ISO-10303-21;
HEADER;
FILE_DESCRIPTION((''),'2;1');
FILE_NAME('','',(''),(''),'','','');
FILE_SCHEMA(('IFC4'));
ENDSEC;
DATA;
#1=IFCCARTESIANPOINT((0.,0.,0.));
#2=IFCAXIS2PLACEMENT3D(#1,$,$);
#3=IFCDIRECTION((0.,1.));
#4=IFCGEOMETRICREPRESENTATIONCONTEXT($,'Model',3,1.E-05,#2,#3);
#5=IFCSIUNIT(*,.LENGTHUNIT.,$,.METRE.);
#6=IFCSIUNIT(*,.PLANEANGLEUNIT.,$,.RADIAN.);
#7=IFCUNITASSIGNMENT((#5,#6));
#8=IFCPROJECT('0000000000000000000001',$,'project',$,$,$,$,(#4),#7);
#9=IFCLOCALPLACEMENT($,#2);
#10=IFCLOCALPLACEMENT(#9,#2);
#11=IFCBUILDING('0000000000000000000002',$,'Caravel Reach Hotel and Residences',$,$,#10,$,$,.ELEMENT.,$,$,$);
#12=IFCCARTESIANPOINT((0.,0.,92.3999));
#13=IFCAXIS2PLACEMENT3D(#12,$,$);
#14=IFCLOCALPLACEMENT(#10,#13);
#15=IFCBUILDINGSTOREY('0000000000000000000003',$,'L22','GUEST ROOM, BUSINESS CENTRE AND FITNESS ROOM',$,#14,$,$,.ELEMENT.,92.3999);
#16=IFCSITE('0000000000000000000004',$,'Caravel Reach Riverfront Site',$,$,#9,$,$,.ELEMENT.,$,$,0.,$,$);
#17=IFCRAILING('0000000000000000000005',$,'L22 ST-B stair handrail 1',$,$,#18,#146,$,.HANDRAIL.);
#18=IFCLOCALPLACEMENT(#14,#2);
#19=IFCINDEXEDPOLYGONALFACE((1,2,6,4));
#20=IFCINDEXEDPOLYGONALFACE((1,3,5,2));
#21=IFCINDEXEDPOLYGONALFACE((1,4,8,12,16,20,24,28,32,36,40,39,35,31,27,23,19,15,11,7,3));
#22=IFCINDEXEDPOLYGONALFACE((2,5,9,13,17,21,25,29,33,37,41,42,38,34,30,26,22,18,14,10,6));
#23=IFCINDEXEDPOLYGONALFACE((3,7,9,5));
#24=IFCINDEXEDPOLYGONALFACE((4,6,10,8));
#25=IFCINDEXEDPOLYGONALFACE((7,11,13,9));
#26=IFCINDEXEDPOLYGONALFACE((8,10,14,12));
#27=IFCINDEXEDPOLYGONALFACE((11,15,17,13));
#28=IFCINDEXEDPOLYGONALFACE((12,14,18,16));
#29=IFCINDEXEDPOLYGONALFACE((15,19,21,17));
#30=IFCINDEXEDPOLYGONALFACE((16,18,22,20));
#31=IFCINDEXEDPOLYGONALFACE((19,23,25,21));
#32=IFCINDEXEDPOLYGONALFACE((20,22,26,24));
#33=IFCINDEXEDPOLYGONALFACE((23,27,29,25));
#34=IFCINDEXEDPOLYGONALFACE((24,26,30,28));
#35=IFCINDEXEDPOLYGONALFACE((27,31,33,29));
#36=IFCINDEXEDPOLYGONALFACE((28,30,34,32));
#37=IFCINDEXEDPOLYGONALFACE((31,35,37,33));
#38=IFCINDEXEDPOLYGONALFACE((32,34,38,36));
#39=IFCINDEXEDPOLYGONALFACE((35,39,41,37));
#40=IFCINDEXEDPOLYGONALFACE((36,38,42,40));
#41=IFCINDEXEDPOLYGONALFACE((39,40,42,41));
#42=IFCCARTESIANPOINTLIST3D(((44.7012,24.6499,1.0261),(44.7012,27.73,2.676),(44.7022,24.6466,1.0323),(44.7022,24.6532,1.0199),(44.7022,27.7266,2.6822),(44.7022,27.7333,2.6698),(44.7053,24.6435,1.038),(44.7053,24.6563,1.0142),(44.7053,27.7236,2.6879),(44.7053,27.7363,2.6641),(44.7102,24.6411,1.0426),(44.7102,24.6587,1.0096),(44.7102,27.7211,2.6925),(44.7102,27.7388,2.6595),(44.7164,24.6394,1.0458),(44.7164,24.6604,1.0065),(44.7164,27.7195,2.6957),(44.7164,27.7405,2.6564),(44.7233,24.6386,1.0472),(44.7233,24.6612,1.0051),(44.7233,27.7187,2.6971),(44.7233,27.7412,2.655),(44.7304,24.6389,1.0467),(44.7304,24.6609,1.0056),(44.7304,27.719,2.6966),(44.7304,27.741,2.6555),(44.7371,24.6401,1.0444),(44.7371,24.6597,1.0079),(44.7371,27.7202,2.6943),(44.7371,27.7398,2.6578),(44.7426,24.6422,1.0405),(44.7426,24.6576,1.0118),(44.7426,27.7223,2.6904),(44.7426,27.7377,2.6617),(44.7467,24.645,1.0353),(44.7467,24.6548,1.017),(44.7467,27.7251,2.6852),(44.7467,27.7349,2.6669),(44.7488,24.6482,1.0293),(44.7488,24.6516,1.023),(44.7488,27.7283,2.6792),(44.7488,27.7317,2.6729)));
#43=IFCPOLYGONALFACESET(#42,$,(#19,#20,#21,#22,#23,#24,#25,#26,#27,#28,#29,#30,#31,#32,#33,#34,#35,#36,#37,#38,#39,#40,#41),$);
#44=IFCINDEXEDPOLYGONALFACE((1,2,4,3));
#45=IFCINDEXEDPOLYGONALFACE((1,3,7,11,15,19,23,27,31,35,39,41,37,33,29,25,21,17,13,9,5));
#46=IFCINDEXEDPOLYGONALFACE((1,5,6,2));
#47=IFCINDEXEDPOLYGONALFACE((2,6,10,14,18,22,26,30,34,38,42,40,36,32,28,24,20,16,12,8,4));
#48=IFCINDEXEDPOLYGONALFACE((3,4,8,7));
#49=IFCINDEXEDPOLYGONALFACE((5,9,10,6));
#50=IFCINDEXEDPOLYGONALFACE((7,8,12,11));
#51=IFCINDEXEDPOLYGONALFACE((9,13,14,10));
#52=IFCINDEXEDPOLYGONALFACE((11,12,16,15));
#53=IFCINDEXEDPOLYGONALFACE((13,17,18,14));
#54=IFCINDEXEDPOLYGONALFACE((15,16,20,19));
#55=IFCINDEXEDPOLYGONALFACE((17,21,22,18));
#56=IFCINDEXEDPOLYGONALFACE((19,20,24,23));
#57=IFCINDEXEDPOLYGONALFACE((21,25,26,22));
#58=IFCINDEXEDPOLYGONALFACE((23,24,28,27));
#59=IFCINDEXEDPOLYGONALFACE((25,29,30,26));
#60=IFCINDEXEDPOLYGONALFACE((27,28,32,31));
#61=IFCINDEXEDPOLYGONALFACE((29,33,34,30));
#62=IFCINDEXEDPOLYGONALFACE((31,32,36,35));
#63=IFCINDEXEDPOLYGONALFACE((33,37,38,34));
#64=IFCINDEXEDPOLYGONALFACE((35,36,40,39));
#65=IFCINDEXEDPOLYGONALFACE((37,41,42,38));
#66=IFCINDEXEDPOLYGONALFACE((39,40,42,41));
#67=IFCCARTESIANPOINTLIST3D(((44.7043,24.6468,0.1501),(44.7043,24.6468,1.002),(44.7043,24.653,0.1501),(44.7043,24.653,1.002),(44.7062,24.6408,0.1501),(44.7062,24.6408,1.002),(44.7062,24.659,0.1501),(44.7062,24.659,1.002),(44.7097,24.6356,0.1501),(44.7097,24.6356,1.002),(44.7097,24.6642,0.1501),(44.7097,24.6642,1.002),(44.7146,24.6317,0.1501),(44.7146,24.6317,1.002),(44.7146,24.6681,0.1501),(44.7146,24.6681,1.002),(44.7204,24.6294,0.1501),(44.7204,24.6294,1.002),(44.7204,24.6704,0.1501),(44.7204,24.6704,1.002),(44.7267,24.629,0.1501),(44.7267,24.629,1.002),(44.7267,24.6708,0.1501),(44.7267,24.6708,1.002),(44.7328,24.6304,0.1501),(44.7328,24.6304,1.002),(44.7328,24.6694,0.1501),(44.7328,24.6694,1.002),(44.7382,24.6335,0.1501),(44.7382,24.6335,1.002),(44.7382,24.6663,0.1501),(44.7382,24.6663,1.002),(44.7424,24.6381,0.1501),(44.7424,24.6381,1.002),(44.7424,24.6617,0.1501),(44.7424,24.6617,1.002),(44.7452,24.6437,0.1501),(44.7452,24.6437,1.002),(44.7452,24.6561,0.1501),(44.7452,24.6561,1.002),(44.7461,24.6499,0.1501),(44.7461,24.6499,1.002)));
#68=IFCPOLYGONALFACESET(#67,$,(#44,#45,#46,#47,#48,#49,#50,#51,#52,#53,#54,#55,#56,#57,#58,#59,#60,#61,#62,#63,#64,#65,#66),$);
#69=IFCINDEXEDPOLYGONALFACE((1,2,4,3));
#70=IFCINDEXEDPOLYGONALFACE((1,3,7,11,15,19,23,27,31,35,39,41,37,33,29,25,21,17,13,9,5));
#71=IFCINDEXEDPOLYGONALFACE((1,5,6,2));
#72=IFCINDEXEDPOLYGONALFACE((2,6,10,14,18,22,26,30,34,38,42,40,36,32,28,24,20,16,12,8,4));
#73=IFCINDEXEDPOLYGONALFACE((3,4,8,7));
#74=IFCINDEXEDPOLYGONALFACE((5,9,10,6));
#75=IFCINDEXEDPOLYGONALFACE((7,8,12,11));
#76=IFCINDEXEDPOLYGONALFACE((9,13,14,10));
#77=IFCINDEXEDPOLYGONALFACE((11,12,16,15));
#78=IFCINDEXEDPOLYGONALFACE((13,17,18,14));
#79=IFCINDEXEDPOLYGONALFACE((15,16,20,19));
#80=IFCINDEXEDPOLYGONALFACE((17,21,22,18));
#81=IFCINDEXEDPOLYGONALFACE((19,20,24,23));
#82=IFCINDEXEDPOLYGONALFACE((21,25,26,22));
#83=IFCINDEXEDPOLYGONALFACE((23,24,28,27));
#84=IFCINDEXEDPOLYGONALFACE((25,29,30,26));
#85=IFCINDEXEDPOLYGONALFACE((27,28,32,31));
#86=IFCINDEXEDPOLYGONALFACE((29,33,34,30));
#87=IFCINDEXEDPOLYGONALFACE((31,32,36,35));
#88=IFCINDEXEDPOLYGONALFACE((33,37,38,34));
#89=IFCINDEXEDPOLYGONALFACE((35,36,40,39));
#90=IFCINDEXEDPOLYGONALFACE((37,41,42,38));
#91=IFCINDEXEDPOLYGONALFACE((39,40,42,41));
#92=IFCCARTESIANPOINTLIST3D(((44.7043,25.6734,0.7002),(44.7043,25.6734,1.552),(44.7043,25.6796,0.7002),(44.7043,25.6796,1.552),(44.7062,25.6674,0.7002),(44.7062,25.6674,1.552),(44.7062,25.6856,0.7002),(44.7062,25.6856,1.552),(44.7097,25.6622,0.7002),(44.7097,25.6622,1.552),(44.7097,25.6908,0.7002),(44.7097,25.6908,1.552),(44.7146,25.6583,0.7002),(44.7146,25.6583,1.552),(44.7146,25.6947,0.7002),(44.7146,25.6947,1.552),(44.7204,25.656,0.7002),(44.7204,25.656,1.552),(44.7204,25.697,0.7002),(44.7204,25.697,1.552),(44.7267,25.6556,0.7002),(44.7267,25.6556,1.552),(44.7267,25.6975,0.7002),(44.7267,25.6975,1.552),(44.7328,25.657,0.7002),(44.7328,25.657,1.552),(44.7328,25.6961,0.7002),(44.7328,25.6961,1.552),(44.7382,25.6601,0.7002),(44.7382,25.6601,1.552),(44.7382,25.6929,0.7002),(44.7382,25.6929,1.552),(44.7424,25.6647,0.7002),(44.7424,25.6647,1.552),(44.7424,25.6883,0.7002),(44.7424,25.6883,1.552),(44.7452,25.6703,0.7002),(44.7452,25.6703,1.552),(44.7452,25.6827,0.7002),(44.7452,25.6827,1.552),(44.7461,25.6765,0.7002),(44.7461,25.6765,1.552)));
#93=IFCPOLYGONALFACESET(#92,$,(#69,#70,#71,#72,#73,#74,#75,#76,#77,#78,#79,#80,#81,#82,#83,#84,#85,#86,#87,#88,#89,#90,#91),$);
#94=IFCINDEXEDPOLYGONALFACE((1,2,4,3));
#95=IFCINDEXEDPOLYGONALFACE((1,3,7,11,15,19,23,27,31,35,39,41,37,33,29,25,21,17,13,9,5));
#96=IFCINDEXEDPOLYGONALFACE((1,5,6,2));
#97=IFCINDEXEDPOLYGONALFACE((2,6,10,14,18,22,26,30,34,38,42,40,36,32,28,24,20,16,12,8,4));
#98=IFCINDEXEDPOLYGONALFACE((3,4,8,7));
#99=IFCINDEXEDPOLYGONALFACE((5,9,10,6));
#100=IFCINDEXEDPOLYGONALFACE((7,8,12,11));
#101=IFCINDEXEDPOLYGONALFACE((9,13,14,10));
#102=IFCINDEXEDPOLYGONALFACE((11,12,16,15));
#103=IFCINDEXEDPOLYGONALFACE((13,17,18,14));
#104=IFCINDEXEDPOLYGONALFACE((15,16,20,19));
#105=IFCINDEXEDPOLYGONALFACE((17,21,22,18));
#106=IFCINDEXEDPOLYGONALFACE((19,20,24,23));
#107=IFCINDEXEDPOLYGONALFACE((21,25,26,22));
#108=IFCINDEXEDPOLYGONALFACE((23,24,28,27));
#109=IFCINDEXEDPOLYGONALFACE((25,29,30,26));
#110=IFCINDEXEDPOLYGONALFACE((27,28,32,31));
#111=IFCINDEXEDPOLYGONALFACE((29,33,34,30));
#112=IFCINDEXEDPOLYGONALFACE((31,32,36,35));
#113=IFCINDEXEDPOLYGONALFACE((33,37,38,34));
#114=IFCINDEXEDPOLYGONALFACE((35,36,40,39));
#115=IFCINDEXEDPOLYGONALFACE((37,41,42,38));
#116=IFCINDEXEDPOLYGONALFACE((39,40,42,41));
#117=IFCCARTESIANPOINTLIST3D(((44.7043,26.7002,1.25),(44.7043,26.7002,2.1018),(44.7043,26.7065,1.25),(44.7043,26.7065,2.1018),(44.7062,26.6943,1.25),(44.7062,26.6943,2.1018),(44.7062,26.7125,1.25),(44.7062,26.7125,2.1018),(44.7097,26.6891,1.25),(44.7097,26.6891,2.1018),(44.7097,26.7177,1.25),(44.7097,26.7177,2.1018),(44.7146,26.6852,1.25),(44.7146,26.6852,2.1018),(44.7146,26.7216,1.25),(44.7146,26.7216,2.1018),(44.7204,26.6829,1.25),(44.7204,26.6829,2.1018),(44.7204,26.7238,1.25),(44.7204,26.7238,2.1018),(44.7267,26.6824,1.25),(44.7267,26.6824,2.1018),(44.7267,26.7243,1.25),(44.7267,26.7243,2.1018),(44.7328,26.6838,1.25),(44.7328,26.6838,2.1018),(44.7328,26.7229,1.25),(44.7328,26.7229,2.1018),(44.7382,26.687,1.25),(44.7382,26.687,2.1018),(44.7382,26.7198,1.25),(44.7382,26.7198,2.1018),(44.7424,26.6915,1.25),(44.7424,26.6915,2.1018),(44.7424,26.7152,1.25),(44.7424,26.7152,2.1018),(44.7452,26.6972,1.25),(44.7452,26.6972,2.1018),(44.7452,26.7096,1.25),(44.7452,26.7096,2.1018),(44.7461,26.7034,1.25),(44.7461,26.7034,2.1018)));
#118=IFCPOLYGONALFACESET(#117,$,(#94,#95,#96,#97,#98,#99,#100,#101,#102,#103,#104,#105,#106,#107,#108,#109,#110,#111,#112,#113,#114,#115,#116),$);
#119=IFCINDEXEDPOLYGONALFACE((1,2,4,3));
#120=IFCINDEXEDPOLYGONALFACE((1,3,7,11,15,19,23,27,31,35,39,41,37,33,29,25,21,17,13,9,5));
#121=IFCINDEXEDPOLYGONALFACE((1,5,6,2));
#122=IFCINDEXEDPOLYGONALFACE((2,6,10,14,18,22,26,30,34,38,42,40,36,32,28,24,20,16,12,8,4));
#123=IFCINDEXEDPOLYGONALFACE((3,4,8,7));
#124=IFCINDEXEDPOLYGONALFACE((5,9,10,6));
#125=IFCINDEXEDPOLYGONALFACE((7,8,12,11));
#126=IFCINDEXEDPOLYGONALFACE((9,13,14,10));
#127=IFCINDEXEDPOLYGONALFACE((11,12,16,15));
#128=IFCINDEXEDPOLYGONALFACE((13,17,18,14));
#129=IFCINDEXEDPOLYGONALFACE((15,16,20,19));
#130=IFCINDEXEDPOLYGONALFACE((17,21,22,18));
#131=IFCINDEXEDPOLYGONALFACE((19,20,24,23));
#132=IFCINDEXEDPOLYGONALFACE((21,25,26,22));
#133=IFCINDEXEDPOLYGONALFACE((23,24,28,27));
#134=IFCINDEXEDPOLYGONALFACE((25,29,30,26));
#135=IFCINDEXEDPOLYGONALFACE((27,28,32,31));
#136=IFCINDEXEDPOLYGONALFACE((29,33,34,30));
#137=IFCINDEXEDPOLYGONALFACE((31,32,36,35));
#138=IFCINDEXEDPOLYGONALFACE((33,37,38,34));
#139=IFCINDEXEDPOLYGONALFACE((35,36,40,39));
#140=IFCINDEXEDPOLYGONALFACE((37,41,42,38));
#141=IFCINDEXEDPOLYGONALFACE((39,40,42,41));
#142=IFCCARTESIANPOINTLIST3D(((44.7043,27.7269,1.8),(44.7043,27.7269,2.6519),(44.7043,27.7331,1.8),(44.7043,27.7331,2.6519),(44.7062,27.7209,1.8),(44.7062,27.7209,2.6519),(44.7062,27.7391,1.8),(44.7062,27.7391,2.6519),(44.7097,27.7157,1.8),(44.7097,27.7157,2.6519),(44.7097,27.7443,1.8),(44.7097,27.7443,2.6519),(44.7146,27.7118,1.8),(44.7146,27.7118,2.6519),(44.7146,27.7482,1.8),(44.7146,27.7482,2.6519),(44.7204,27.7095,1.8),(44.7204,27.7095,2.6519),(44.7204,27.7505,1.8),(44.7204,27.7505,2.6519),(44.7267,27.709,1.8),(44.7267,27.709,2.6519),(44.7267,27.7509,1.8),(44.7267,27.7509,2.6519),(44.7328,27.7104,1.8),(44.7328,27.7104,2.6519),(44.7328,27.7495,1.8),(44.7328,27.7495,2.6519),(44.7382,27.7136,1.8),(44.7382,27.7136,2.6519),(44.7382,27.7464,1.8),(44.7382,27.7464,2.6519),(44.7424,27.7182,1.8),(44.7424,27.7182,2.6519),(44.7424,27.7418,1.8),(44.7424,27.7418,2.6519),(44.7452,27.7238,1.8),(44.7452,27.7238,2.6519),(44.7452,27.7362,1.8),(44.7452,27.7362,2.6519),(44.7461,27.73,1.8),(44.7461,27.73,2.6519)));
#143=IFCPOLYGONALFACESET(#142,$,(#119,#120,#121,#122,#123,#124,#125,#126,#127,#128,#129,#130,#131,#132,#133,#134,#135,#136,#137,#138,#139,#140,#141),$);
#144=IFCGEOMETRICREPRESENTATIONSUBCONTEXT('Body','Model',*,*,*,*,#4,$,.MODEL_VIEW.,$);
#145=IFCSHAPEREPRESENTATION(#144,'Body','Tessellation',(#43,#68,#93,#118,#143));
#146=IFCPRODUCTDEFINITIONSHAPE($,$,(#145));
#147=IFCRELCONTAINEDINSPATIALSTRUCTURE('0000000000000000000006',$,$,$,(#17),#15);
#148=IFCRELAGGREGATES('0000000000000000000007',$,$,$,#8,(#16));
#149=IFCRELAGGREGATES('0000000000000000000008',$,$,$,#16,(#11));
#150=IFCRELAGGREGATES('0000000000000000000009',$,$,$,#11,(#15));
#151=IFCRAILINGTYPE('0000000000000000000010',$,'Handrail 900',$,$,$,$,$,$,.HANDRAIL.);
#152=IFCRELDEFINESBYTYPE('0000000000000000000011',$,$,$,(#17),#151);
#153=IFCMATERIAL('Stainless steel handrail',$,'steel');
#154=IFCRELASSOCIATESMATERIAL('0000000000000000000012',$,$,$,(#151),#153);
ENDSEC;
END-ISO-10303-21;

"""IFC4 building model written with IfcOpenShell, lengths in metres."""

from ifc_helpers import new_model, si_unit, direction, frame, origin, origin_2d, place, context, subcontext, project, spatial, circle, extrude, material, type_object, element, save


model = new_model("IFC4")

# Units and contexts
model_context = context("Model", 3, precision=1e-05, world=origin(), true_north=direction((0.0, 1.0)))
body_context = subcontext(model_context, "Body", "Model", "MODEL_VIEW")
ifc_project = project(units=[si_unit("LENGTHUNIT", "METRE"), si_unit("PLANEANGLEUNIT", "RADIAN")], contexts=[model_context])

# Site, building, storey
site_placement = place(None, origin())
site = spatial("IfcSite", under=ifc_project, at=site_placement, Name="Caravel Reach Riverfront Site", CompositionType="ELEMENT", RefElevation=0.0)
building_placement = place(site_placement, origin())
building = spatial("IfcBuilding", under=site, at=building_placement, Name="Caravel Reach Hotel and Residences", CompositionType="ELEMENT")
storey_placement = place(building_placement, frame((0.0, 0.0, 92.3999)))
storey = spatial("IfcBuildingStorey", under=building, at=storey_placement, Name="L22", Description="GUEST ROOM, BUSINESS CENTRE AND FITNESS ROOM", CompositionType="ELEMENT", Elevation=92.3999)

# Railing
ifc_material_1 = material(Name="Stainless steel handrail", Category="steel")
railing_type_1 = type_object("IfcRailingType", Name="Handrail 900", PredefinedType="HANDRAIL", material=ifc_material_1)
railing_1_placement = place(storey_placement, frame((44.7251, 24.6499, 0.1501)))
element("IfcRailing", 1, at=railing_1_placement, inside=storey, type_object=railing_type_1, Name="L22 ST-B stair handrail 1", PredefinedType="HANDRAIL", context=body_context, shape_type="SweptSolid", body=[
    extrude(circle(Radius=0.0239, at=origin_2d()), frame((0.0, 0.0, 0.876), z_axis=(0.0, 0.881497, 0.47219), x_axis=(-1.0, 0.0, 0.0)), (0.0, 0.0, 1.0), 3.4941),
    extrude(circle(Radius=0.021, at=origin_2d()), origin(), (0.0, 0.0, 1.0), 0.8518),
    extrude(circle(Radius=0.021, at=origin_2d()), frame((0.0, 1.0266, 0.55)), (0.0, 0.0, 1.0), 0.8518),
    extrude(circle(Radius=0.021, at=origin_2d()), frame((0.0, 2.0535, 1.0999)), (0.0, 0.0, 1.0), 0.8518),
    extrude(circle(Radius=0.021, at=origin_2d()), frame((0.0, 3.0801, 1.6499)), (0.0, 0.0, 1.0), 0.8518),
])

save(model, "model.ifc")
